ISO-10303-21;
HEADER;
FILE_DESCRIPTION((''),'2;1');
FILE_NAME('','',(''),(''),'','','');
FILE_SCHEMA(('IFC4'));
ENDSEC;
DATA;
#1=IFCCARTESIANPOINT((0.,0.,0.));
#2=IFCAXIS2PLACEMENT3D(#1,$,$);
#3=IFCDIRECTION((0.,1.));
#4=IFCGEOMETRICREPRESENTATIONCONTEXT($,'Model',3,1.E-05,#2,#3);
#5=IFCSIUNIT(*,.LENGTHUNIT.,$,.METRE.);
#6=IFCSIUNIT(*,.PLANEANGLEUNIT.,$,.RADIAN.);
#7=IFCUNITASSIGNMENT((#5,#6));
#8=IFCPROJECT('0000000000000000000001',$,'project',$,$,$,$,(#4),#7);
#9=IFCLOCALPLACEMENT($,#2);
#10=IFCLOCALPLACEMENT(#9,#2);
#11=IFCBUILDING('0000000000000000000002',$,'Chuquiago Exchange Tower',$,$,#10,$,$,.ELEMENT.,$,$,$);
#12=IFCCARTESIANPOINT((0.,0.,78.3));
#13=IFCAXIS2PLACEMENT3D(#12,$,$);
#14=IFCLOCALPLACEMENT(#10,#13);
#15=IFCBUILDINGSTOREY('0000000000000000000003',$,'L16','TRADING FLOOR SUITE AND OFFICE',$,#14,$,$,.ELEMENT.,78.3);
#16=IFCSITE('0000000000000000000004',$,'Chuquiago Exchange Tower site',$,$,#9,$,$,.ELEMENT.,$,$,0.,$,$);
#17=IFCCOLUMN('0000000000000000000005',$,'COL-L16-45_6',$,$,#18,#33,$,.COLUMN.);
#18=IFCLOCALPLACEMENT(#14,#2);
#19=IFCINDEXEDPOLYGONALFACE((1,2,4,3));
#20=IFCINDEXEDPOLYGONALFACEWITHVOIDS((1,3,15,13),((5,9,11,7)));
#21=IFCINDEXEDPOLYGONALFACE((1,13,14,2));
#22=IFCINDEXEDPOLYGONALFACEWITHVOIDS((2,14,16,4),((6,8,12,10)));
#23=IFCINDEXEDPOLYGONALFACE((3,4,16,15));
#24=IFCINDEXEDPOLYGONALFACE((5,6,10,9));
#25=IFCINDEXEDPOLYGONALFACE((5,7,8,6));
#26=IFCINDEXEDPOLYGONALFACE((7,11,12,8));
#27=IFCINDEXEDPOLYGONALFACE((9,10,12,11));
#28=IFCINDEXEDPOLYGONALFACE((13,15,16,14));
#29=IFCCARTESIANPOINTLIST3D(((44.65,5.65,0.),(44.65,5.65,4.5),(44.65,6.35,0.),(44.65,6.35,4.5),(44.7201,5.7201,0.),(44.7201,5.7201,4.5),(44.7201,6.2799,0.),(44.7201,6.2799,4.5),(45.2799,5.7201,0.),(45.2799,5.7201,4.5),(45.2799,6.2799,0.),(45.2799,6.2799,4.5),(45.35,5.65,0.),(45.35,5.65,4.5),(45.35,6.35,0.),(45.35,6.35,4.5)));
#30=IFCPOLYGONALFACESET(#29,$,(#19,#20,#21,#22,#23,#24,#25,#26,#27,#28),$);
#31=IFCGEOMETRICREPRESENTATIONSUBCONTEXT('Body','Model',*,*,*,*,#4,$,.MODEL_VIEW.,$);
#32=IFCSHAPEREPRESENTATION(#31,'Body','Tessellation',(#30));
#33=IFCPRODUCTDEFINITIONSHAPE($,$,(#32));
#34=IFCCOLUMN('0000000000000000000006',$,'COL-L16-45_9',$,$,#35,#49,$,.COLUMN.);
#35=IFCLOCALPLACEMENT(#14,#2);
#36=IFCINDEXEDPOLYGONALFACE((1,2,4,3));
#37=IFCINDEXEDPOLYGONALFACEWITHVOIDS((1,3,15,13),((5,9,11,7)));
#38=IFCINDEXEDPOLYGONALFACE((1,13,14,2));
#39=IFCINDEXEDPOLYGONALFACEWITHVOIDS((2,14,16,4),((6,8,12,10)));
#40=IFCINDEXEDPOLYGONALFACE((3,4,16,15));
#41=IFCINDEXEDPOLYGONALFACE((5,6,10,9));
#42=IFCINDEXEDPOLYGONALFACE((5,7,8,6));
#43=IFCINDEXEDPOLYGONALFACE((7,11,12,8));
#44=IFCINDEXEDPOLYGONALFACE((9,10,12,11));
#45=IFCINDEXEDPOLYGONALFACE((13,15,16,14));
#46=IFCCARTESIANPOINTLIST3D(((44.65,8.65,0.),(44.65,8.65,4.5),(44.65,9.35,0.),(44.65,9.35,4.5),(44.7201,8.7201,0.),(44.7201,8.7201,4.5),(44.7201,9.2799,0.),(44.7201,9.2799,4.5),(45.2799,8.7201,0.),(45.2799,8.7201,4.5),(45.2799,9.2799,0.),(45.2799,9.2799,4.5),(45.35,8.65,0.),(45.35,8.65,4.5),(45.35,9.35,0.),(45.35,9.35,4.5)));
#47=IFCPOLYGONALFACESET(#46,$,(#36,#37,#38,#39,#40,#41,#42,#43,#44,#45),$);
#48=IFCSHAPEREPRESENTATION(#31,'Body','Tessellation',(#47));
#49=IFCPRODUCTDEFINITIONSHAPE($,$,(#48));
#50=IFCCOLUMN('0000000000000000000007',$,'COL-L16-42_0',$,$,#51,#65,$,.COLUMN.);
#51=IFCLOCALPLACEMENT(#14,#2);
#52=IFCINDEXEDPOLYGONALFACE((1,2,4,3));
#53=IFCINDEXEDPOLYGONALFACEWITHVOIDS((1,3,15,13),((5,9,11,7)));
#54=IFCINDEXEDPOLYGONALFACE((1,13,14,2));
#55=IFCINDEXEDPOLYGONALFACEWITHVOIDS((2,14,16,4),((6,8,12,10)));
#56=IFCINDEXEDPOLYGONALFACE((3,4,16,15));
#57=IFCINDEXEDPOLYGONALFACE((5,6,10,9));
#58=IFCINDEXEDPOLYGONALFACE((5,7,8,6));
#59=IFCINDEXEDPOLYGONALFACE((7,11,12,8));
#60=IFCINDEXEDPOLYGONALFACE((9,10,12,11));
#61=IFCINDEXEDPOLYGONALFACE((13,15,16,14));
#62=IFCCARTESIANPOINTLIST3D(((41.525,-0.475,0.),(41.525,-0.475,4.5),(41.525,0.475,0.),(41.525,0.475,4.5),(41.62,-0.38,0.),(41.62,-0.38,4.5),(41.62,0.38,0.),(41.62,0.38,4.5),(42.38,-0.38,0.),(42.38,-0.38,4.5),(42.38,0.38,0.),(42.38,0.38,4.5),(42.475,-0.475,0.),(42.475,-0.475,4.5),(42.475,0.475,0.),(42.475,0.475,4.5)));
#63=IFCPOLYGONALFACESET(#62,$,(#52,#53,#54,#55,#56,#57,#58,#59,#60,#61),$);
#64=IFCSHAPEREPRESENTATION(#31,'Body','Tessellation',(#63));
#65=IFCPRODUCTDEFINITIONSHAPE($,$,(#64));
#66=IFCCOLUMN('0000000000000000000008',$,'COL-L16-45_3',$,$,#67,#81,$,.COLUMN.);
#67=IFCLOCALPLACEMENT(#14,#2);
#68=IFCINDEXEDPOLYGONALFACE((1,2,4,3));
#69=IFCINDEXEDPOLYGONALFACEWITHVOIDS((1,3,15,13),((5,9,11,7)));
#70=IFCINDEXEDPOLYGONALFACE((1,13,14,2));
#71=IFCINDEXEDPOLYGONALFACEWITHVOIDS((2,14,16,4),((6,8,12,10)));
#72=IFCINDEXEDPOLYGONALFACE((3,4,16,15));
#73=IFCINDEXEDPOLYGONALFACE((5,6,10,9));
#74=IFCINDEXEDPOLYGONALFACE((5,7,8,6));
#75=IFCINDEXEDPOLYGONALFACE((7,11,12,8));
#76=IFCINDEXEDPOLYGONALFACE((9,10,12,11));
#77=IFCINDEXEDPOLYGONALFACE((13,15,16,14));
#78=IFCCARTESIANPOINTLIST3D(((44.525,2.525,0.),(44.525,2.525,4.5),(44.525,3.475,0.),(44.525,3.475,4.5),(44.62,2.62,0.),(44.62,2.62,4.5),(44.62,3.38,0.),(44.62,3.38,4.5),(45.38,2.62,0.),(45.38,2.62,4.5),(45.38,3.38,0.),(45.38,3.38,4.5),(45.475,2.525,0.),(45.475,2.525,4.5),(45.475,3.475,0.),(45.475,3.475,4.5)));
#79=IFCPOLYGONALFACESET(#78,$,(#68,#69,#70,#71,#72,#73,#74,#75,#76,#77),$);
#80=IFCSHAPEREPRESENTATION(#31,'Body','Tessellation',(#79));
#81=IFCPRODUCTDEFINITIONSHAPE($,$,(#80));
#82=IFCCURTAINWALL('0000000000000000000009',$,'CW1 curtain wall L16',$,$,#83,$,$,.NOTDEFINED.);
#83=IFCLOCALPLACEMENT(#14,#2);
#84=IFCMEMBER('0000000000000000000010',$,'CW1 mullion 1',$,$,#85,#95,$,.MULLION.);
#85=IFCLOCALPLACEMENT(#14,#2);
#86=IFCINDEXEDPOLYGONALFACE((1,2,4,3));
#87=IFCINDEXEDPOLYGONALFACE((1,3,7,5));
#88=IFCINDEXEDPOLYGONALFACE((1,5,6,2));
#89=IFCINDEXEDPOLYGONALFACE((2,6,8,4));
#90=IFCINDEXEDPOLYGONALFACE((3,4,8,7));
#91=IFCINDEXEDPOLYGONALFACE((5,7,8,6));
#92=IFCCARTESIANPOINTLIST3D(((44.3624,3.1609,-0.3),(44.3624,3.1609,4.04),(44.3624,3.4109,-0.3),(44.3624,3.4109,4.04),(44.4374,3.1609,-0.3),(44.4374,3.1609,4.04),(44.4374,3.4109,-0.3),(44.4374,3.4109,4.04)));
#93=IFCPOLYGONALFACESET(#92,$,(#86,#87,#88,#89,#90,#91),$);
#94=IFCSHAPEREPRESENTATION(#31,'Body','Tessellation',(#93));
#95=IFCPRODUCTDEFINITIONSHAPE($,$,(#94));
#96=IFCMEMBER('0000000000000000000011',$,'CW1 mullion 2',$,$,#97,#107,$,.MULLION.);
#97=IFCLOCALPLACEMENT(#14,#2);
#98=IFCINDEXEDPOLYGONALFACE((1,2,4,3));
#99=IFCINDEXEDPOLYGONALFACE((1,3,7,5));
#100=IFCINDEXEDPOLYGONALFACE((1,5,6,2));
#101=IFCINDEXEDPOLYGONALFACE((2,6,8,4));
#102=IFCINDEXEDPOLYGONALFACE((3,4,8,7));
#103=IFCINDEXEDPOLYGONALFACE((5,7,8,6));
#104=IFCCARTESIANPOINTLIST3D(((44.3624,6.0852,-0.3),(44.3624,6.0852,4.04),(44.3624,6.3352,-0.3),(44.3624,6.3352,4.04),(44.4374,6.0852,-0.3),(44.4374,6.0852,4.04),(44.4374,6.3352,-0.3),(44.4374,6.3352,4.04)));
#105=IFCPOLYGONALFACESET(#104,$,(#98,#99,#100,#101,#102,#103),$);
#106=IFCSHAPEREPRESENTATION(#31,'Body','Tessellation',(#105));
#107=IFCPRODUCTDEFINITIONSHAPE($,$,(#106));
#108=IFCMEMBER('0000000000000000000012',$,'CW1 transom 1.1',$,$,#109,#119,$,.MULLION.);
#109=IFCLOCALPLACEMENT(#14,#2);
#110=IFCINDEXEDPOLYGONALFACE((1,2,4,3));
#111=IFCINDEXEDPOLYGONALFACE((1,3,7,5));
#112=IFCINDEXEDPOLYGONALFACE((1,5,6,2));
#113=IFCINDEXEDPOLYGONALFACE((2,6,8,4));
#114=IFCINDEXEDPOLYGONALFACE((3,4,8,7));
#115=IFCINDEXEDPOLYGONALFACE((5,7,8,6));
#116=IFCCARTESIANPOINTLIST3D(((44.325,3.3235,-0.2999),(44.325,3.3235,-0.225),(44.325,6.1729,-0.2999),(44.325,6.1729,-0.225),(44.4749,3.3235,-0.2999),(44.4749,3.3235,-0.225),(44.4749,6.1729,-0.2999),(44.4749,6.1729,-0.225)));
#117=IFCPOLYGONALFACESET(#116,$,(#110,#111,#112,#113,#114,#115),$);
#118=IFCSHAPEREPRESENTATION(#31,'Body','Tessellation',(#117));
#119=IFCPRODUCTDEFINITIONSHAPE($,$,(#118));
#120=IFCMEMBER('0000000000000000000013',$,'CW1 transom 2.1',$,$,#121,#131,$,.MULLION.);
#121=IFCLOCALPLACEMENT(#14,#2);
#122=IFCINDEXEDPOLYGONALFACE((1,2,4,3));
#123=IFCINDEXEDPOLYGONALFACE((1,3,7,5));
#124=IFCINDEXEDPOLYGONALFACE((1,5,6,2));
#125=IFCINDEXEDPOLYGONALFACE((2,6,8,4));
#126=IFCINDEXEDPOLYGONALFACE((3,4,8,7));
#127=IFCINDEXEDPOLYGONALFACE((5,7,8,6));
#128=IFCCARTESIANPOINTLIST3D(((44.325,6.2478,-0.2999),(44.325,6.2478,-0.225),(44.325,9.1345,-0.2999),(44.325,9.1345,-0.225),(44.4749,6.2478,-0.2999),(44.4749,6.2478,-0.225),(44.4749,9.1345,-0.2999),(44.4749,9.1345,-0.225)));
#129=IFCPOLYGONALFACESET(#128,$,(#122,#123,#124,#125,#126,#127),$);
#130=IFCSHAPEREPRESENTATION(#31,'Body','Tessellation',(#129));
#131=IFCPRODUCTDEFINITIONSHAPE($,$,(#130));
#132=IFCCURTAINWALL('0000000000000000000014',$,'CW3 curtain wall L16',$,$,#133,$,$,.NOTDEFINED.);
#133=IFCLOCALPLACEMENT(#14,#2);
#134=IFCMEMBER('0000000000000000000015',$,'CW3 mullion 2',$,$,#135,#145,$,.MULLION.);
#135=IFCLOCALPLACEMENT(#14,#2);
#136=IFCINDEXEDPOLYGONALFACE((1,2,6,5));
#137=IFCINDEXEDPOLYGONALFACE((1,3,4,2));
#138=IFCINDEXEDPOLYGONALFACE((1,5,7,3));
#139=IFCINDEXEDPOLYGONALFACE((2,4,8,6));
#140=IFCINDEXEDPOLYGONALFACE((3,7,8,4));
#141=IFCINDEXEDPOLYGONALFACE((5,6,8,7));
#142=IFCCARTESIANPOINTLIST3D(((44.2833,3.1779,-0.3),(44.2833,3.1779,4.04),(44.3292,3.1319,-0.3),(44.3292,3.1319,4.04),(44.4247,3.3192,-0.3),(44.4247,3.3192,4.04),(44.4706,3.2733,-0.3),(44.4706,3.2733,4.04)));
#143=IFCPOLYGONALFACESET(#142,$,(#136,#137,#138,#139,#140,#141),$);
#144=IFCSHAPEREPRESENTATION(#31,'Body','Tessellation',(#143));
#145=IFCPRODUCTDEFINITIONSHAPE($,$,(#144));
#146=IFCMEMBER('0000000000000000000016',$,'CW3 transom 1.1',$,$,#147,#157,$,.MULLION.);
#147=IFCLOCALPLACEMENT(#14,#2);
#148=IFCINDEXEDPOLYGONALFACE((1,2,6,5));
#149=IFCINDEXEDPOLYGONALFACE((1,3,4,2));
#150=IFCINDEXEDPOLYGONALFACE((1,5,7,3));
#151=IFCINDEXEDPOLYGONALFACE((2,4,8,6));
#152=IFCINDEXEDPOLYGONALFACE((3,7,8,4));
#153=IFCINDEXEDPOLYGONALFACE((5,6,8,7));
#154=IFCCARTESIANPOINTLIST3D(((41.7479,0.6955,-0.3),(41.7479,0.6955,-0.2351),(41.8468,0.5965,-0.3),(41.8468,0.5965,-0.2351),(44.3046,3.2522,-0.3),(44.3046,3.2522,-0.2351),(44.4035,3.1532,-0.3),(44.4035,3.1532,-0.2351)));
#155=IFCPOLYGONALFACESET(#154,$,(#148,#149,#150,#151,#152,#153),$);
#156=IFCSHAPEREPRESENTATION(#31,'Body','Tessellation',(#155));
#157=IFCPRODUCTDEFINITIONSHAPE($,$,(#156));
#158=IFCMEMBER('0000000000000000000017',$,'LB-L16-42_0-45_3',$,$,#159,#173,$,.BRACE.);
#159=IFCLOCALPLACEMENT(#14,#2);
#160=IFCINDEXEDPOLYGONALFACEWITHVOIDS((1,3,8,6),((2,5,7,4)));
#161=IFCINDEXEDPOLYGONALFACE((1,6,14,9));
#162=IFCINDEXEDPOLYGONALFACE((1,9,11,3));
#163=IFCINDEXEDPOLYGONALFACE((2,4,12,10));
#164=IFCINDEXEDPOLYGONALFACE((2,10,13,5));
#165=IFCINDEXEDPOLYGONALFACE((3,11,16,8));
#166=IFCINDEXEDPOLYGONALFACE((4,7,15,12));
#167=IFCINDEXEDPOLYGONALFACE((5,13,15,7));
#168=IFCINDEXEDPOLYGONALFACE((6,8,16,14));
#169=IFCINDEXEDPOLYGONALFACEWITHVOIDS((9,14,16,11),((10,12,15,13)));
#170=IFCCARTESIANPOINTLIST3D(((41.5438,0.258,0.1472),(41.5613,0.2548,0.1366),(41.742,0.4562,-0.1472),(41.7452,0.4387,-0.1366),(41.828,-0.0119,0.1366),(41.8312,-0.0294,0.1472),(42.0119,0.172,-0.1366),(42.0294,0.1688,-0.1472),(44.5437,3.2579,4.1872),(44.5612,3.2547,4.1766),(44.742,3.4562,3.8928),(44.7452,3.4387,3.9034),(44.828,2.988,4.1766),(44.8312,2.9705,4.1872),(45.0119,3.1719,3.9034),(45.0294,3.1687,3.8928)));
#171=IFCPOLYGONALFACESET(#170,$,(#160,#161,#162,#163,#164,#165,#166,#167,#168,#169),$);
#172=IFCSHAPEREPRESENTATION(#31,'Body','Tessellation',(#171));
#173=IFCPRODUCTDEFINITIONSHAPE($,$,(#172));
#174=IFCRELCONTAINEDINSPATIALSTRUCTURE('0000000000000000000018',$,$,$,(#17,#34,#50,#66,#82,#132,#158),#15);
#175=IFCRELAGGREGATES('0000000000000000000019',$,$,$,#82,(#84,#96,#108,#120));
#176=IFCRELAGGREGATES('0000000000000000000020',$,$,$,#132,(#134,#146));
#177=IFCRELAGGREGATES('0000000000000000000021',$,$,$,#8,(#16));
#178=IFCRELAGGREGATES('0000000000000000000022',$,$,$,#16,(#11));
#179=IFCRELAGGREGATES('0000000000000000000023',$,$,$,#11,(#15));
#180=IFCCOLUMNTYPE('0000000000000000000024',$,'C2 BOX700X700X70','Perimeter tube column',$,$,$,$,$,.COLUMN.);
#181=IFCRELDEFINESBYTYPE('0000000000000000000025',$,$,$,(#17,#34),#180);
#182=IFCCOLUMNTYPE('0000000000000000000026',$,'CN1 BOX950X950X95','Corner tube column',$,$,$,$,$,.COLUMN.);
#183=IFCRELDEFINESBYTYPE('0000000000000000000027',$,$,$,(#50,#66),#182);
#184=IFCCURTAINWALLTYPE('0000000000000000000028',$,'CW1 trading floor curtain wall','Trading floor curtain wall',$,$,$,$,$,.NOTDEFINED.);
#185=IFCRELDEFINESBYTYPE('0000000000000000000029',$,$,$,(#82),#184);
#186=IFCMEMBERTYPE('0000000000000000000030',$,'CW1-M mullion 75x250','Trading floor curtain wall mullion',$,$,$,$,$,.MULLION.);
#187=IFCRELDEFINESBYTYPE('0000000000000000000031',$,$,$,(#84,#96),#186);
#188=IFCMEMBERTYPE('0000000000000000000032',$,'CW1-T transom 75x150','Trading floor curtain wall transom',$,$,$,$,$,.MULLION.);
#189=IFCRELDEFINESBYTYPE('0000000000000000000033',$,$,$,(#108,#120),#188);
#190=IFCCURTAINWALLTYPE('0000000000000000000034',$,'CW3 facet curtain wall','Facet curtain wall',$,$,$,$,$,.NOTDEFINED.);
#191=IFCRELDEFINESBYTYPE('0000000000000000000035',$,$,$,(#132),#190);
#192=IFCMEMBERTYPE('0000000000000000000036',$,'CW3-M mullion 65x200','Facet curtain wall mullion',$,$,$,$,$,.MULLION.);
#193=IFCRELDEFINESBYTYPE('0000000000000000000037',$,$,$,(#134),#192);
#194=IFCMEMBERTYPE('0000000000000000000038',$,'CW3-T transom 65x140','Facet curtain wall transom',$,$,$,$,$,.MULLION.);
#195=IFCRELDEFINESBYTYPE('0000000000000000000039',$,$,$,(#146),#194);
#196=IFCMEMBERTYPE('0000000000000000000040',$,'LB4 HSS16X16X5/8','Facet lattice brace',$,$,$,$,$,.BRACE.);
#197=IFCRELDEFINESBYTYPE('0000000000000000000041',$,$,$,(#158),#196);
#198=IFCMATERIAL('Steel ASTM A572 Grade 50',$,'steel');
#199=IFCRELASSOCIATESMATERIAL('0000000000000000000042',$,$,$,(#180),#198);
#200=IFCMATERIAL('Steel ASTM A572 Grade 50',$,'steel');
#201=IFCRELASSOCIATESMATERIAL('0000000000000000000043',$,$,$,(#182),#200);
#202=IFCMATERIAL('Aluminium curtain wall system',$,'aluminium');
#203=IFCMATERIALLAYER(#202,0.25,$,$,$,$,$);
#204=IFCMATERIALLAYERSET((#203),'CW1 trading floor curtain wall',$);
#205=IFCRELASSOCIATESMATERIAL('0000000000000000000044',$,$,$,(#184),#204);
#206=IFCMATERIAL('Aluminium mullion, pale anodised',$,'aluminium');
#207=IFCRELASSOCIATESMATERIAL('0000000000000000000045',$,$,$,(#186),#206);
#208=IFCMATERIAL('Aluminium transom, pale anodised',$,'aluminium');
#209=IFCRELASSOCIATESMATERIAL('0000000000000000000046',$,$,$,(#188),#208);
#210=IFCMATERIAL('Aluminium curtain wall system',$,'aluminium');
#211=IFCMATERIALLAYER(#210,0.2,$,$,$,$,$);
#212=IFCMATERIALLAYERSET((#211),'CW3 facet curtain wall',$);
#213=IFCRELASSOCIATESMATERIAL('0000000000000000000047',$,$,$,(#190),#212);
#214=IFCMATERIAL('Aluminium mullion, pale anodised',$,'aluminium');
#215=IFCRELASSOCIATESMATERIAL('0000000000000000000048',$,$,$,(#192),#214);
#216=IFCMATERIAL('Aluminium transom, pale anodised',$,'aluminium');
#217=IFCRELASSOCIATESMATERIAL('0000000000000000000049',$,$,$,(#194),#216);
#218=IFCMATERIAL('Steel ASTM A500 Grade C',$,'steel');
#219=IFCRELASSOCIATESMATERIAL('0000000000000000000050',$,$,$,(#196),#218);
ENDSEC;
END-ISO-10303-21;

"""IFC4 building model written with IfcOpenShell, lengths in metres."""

from ifc_helpers import new_model, si_unit, direction, frame, origin, origin_2d, place, context, subcontext, project, spatial, rectangle, hollow_rectangle, extrude, material, layer, layer_set, material_profile, profile_set, type_object, element, aggregate, save


model = new_model("IFC4")

# Units and contexts
model_context = context("Model", 3, precision=1e-05, world=origin(), true_north=direction((0.0, 1.0)))
body_context = subcontext(model_context, "Body", "Model", "MODEL_VIEW")
ifc_project = project(units=[si_unit("LENGTHUNIT", "METRE"), si_unit("PLANEANGLEUNIT", "RADIAN")], contexts=[model_context])

# Site, building, storey
site_placement = place(None, origin())
site = spatial("IfcSite", under=ifc_project, at=site_placement, Name="Chuquiago Exchange Tower site", CompositionType="ELEMENT", RefElevation=0.0)
building_placement = place(site_placement, origin())
building = spatial("IfcBuilding", under=site, at=building_placement, Name="Chuquiago Exchange Tower", CompositionType="ELEMENT")
storey_placement = place(building_placement, frame((0.0, 0.0, 78.3)))
storey = spatial("IfcBuildingStorey", under=building, at=storey_placement, Name="L16", Description="TRADING FLOOR SUITE AND OFFICE", CompositionType="ELEMENT", Elevation=78.3)

# Columns
ifc_material_1 = material(Name="Steel ASTM A572 Grade 50", Category="steel")
ifc_material_profile_1 = material_profile(ifc_material_1, hollow_rectangle(XDim=0.7, YDim=0.7, WallThickness=0.0701, at=origin_2d()), Name="BOX700X700X70")
ifc_profile_set_1 = profile_set([ifc_material_profile_1], Name="Steel ASTM A572 Grade 50")
column_type_1 = type_object("IfcColumnType", Name="C2 BOX700X700X70", Description="Perimeter tube column", PredefinedType="COLUMN", material=ifc_profile_set_1)
for number, where, z_axis, x_axis, name in (
    (1, (45.0, 6.0, 0.0), (0.0, 0.0, 1.0), (1.0, 0.0, 0.0), "COL-L16-45_6"),
    (2, (45.0, 9.0, 0.0), (0.0, 0.0, 1.0), (1.0, 0.0, 0.0), "COL-L16-45_9"),
):
    element("IfcColumn", number, at=place(storey_placement, frame(where, z_axis=z_axis, x_axis=x_axis)), inside=storey, type_object=column_type_1, Name=name, PredefinedType="COLUMN", context=body_context, shape_type="SweptSolid", body=[
        extrude(hollow_rectangle(XDim=0.7, YDim=0.7, WallThickness=0.0701, at=origin_2d()), origin(), (0.0, 0.0, 1.0), 4.5),
    ])
ifc_material_2 = material(Name="Steel ASTM A572 Grade 50", Category="steel")
ifc_material_profile_2 = material_profile(ifc_material_2, hollow_rectangle(XDim=0.95, YDim=0.95, WallThickness=0.095, at=origin_2d()), Name="BOX950X950X95")
ifc_profile_set_2 = profile_set([ifc_material_profile_2], Name="Steel ASTM A572 Grade 50")
column_type_2 = type_object("IfcColumnType", Name="CN1 BOX950X950X95", Description="Corner tube column", PredefinedType="COLUMN", material=ifc_profile_set_2)
for number, where, z_axis, x_axis, name in (
    (3, (42.0, 0.0, 0.0), (0.0, 0.0, 1.0), (0.0, -1.0, 0.0), "COL-L16-42_0"),
    (4, (45.0, 3.0, 0.0), (0.0, 0.0, 1.0), (1.0, 0.0, 0.0), "COL-L16-45_3"),
):
    element("IfcColumn", number, at=place(storey_placement, frame(where, z_axis=z_axis, x_axis=x_axis)), inside=storey, type_object=column_type_2, Name=name, PredefinedType="COLUMN", context=body_context, shape_type="SweptSolid", body=[
        extrude(hollow_rectangle(XDim=0.95, YDim=0.95, WallThickness=0.095, at=origin_2d()), origin(), (0.0, 0.0, 1.0), 4.5),
    ])

# Curtain walls, members
ifc_material_3 = material(Name="Aluminium curtain wall system", Category="aluminium")
ifc_layer_1 = layer(ifc_material_3, 0.25)
ifc_layer_set_1 = layer_set([ifc_layer_1], Name="CW1 trading floor curtain wall")
curtain_wall_type_1 = type_object("IfcCurtainWallType", Name="CW1 trading floor curtain wall", Description="Trading floor curtain wall", PredefinedType="NOTDEFINED", material=ifc_layer_set_1)
curtain_wall_1_placement = place(storey_placement, origin())
curtain_wall_1 = element("IfcCurtainWall", 5, at=curtain_wall_1_placement, inside=storey, type_object=curtain_wall_type_1, Name="CW1 curtain wall L16", PredefinedType="NOTDEFINED")
ifc_material_4 = material(Name="Aluminium mullion, pale anodised", Category="aluminium")
ifc_material_profile_3 = material_profile(ifc_material_4, rectangle(XDim=0.075, YDim=0.25, at=origin_2d()), Name="AL 75x250")
ifc_profile_set_3 = profile_set([ifc_material_profile_3], Name="Aluminium mullion, pale anodised")
member_type_1 = type_object("IfcMemberType", Name="CW1-M mullion 75x250", Description="Trading floor curtain wall mullion", PredefinedType="MULLION", material=ifc_profile_set_3)
member_1_placement = place(storey_placement, frame((44.3999, 3.2859, -0.3), z_axis=(0.0, 0.0, 1.0), x_axis=(-1.0, 0.0, 0.0)))
member_1 = element("IfcMember", 6, at=member_1_placement, type_object=member_type_1, Name="CW1 mullion 1", PredefinedType="MULLION", context=body_context, shape_type="SweptSolid", body=[
    extrude(rectangle(XDim=0.075, YDim=0.25, at=origin_2d()), origin(), (0.0, 0.0, 1.0), 4.3401),
])
member_2_placement = place(storey_placement, frame((44.3999, 6.2102, -0.3), z_axis=(0.0, 0.0, 1.0), x_axis=(-1.0, 0.0, 0.0)))
member_2 = element("IfcMember", 7, at=member_2_placement, type_object=member_type_1, Name="CW1 mullion 2", PredefinedType="MULLION", context=body_context, shape_type="SweptSolid", body=[
    extrude(rectangle(XDim=0.075, YDim=0.25, at=origin_2d()), origin(), (0.0, 0.0, 1.0), 4.3401),
])
ifc_material_5 = material(Name="Aluminium transom, pale anodised", Category="aluminium")
ifc_material_profile_4 = material_profile(ifc_material_5, rectangle(XDim=0.1499, YDim=0.075, at=origin_2d()), Name="AL 150x75")
ifc_profile_set_4 = profile_set([ifc_material_profile_4], Name="Aluminium transom, pale anodised")
member_type_2 = type_object("IfcMemberType", Name="CW1-T transom 75x150", Description="Trading floor curtain wall transom", PredefinedType="MULLION", material=ifc_profile_set_4)
member_3_placement = place(storey_placement, frame((44.3999, 3.3235, -0.2625), z_axis=(0.0, 1.0, 0.0), x_axis=(-1.0, 0.0, 0.0)))
member_3 = element("IfcMember", 8, at=member_3_placement, type_object=member_type_2, Name="CW1 transom 1.1", PredefinedType="MULLION", context=body_context, shape_type="SweptSolid", body=[
    extrude(rectangle(XDim=0.1499, YDim=0.075, at=origin_2d()), origin(), (0.0, 0.0, 1.0), 2.8494),
])
member_4_placement = place(storey_placement, frame((44.3999, 6.2478, -0.2625), z_axis=(0.0, 1.0, 0.0), x_axis=(-1.0, 0.0, 0.0)))
member_4 = element("IfcMember", 9, at=member_4_placement, type_object=member_type_2, Name="CW1 transom 2.1", PredefinedType="MULLION", context=body_context, shape_type="SweptSolid", body=[
    extrude(rectangle(XDim=0.1499, YDim=0.075, at=origin_2d()), origin(), (0.0, 0.0, 1.0), 2.8867),
])
ifc_material_6 = material(Name="Aluminium curtain wall system", Category="aluminium")
ifc_layer_2 = layer(ifc_material_6, 0.2)
ifc_layer_set_2 = layer_set([ifc_layer_2], Name="CW3 facet curtain wall")
curtain_wall_type_2 = type_object("IfcCurtainWallType", Name="CW3 facet curtain wall", Description="Facet curtain wall", PredefinedType="NOTDEFINED", material=ifc_layer_set_2)
curtain_wall_2_placement = place(storey_placement, origin())
curtain_wall_2 = element("IfcCurtainWall", 10, at=curtain_wall_2_placement, inside=storey, type_object=curtain_wall_type_2, Name="CW3 curtain wall L16", PredefinedType="NOTDEFINED")
ifc_material_7 = material(Name="Aluminium mullion, pale anodised", Category="aluminium")
ifc_material_profile_5 = material_profile(ifc_material_7, rectangle(XDim=0.0649, YDim=0.2, at=origin_2d()), Name="AL 65x200")
ifc_profile_set_5 = profile_set([ifc_material_profile_5], Name="Aluminium mullion, pale anodised")
member_type_3 = type_object("IfcMemberType", Name="CW3-M mullion 65x200", Description="Facet curtain wall mullion", PredefinedType="MULLION", material=ifc_profile_set_5)
member_5_placement = place(storey_placement, frame((44.377, 3.2256, -0.3), z_axis=(0.0, 0.0, 1.0), x_axis=(-0.707107, 0.707107, 0.0)))
member_5 = element("IfcMember", 11, at=member_5_placement, type_object=member_type_3, Name="CW3 mullion 2", PredefinedType="MULLION", context=body_context, shape_type="SweptSolid", body=[
    extrude(rectangle(XDim=0.0649, YDim=0.2, at=origin_2d()), origin(), (0.0, 0.0, 1.0), 4.3401),
])
ifc_material_8 = material(Name="Aluminium transom, pale anodised", Category="aluminium")
ifc_material_profile_6 = material_profile(ifc_material_8, rectangle(XDim=0.1399, YDim=0.0649, at=origin_2d()), Name="AL 140x65")
ifc_profile_set_6 = profile_set([ifc_material_profile_6], Name="Aluminium transom, pale anodised")
member_type_4 = type_object("IfcMemberType", Name="CW3-T transom 65x140", Description="Facet curtain wall transom", PredefinedType="MULLION", material=ifc_profile_set_6)
member_6_placement = place(storey_placement, frame((41.7974, 0.646, -0.2676), z_axis=(0.707107, 0.707107, 0.0), x_axis=(-0.707107, 0.707107, 0.0)))
member_6 = element("IfcMember", 12, at=member_6_placement, type_object=member_type_4, Name="CW3 transom 1.1", PredefinedType="MULLION", context=body_context, shape_type="SweptSolid", body=[
    extrude(rectangle(XDim=0.1399, YDim=0.0649, at=origin_2d()), origin(), (0.0, 0.0, 1.0), 3.6157),
])

# Member
ifc_material_9 = material(Name="Steel ASTM A500 Grade C", Category="steel")
ifc_material_profile_7 = material_profile(ifc_material_9, hollow_rectangle(XDim=0.4065, YDim=0.4065, WallThickness=0.0146, at=origin_2d()), Name="HSS16X16X5/8")
ifc_profile_set_7 = profile_set([ifc_material_profile_7], Name="Steel ASTM A500 Grade C")
member_type_5 = type_object("IfcMemberType", Name="LB4 HSS16X16X5/8", Description="Facet lattice brace", PredefinedType="BRACE", material=ifc_profile_set_7)
member_7_placement = place(storey_placement, frame((41.7866, 0.2134, 0.0), z_axis=(0.512077, 0.512077, 0.689604), x_axis=(-0.707107, 0.707107, 0.0)))
element("IfcMember", 13, at=member_7_placement, inside=storey, type_object=member_type_5, Name="LB-L16-42_0-45_3", PredefinedType="BRACE", context=body_context, shape_type="SweptSolid", body=[
    extrude(hollow_rectangle(XDim=0.4065, YDim=0.4065, WallThickness=0.0146, at=origin_2d()), origin(), (0.0, 0.0, 1.0), 5.8584),
])

aggregate(curtain_wall_1, [member_1, member_2, member_3, member_4])
aggregate(curtain_wall_2, [member_5, member_6])

save(model, "model.ifc")
